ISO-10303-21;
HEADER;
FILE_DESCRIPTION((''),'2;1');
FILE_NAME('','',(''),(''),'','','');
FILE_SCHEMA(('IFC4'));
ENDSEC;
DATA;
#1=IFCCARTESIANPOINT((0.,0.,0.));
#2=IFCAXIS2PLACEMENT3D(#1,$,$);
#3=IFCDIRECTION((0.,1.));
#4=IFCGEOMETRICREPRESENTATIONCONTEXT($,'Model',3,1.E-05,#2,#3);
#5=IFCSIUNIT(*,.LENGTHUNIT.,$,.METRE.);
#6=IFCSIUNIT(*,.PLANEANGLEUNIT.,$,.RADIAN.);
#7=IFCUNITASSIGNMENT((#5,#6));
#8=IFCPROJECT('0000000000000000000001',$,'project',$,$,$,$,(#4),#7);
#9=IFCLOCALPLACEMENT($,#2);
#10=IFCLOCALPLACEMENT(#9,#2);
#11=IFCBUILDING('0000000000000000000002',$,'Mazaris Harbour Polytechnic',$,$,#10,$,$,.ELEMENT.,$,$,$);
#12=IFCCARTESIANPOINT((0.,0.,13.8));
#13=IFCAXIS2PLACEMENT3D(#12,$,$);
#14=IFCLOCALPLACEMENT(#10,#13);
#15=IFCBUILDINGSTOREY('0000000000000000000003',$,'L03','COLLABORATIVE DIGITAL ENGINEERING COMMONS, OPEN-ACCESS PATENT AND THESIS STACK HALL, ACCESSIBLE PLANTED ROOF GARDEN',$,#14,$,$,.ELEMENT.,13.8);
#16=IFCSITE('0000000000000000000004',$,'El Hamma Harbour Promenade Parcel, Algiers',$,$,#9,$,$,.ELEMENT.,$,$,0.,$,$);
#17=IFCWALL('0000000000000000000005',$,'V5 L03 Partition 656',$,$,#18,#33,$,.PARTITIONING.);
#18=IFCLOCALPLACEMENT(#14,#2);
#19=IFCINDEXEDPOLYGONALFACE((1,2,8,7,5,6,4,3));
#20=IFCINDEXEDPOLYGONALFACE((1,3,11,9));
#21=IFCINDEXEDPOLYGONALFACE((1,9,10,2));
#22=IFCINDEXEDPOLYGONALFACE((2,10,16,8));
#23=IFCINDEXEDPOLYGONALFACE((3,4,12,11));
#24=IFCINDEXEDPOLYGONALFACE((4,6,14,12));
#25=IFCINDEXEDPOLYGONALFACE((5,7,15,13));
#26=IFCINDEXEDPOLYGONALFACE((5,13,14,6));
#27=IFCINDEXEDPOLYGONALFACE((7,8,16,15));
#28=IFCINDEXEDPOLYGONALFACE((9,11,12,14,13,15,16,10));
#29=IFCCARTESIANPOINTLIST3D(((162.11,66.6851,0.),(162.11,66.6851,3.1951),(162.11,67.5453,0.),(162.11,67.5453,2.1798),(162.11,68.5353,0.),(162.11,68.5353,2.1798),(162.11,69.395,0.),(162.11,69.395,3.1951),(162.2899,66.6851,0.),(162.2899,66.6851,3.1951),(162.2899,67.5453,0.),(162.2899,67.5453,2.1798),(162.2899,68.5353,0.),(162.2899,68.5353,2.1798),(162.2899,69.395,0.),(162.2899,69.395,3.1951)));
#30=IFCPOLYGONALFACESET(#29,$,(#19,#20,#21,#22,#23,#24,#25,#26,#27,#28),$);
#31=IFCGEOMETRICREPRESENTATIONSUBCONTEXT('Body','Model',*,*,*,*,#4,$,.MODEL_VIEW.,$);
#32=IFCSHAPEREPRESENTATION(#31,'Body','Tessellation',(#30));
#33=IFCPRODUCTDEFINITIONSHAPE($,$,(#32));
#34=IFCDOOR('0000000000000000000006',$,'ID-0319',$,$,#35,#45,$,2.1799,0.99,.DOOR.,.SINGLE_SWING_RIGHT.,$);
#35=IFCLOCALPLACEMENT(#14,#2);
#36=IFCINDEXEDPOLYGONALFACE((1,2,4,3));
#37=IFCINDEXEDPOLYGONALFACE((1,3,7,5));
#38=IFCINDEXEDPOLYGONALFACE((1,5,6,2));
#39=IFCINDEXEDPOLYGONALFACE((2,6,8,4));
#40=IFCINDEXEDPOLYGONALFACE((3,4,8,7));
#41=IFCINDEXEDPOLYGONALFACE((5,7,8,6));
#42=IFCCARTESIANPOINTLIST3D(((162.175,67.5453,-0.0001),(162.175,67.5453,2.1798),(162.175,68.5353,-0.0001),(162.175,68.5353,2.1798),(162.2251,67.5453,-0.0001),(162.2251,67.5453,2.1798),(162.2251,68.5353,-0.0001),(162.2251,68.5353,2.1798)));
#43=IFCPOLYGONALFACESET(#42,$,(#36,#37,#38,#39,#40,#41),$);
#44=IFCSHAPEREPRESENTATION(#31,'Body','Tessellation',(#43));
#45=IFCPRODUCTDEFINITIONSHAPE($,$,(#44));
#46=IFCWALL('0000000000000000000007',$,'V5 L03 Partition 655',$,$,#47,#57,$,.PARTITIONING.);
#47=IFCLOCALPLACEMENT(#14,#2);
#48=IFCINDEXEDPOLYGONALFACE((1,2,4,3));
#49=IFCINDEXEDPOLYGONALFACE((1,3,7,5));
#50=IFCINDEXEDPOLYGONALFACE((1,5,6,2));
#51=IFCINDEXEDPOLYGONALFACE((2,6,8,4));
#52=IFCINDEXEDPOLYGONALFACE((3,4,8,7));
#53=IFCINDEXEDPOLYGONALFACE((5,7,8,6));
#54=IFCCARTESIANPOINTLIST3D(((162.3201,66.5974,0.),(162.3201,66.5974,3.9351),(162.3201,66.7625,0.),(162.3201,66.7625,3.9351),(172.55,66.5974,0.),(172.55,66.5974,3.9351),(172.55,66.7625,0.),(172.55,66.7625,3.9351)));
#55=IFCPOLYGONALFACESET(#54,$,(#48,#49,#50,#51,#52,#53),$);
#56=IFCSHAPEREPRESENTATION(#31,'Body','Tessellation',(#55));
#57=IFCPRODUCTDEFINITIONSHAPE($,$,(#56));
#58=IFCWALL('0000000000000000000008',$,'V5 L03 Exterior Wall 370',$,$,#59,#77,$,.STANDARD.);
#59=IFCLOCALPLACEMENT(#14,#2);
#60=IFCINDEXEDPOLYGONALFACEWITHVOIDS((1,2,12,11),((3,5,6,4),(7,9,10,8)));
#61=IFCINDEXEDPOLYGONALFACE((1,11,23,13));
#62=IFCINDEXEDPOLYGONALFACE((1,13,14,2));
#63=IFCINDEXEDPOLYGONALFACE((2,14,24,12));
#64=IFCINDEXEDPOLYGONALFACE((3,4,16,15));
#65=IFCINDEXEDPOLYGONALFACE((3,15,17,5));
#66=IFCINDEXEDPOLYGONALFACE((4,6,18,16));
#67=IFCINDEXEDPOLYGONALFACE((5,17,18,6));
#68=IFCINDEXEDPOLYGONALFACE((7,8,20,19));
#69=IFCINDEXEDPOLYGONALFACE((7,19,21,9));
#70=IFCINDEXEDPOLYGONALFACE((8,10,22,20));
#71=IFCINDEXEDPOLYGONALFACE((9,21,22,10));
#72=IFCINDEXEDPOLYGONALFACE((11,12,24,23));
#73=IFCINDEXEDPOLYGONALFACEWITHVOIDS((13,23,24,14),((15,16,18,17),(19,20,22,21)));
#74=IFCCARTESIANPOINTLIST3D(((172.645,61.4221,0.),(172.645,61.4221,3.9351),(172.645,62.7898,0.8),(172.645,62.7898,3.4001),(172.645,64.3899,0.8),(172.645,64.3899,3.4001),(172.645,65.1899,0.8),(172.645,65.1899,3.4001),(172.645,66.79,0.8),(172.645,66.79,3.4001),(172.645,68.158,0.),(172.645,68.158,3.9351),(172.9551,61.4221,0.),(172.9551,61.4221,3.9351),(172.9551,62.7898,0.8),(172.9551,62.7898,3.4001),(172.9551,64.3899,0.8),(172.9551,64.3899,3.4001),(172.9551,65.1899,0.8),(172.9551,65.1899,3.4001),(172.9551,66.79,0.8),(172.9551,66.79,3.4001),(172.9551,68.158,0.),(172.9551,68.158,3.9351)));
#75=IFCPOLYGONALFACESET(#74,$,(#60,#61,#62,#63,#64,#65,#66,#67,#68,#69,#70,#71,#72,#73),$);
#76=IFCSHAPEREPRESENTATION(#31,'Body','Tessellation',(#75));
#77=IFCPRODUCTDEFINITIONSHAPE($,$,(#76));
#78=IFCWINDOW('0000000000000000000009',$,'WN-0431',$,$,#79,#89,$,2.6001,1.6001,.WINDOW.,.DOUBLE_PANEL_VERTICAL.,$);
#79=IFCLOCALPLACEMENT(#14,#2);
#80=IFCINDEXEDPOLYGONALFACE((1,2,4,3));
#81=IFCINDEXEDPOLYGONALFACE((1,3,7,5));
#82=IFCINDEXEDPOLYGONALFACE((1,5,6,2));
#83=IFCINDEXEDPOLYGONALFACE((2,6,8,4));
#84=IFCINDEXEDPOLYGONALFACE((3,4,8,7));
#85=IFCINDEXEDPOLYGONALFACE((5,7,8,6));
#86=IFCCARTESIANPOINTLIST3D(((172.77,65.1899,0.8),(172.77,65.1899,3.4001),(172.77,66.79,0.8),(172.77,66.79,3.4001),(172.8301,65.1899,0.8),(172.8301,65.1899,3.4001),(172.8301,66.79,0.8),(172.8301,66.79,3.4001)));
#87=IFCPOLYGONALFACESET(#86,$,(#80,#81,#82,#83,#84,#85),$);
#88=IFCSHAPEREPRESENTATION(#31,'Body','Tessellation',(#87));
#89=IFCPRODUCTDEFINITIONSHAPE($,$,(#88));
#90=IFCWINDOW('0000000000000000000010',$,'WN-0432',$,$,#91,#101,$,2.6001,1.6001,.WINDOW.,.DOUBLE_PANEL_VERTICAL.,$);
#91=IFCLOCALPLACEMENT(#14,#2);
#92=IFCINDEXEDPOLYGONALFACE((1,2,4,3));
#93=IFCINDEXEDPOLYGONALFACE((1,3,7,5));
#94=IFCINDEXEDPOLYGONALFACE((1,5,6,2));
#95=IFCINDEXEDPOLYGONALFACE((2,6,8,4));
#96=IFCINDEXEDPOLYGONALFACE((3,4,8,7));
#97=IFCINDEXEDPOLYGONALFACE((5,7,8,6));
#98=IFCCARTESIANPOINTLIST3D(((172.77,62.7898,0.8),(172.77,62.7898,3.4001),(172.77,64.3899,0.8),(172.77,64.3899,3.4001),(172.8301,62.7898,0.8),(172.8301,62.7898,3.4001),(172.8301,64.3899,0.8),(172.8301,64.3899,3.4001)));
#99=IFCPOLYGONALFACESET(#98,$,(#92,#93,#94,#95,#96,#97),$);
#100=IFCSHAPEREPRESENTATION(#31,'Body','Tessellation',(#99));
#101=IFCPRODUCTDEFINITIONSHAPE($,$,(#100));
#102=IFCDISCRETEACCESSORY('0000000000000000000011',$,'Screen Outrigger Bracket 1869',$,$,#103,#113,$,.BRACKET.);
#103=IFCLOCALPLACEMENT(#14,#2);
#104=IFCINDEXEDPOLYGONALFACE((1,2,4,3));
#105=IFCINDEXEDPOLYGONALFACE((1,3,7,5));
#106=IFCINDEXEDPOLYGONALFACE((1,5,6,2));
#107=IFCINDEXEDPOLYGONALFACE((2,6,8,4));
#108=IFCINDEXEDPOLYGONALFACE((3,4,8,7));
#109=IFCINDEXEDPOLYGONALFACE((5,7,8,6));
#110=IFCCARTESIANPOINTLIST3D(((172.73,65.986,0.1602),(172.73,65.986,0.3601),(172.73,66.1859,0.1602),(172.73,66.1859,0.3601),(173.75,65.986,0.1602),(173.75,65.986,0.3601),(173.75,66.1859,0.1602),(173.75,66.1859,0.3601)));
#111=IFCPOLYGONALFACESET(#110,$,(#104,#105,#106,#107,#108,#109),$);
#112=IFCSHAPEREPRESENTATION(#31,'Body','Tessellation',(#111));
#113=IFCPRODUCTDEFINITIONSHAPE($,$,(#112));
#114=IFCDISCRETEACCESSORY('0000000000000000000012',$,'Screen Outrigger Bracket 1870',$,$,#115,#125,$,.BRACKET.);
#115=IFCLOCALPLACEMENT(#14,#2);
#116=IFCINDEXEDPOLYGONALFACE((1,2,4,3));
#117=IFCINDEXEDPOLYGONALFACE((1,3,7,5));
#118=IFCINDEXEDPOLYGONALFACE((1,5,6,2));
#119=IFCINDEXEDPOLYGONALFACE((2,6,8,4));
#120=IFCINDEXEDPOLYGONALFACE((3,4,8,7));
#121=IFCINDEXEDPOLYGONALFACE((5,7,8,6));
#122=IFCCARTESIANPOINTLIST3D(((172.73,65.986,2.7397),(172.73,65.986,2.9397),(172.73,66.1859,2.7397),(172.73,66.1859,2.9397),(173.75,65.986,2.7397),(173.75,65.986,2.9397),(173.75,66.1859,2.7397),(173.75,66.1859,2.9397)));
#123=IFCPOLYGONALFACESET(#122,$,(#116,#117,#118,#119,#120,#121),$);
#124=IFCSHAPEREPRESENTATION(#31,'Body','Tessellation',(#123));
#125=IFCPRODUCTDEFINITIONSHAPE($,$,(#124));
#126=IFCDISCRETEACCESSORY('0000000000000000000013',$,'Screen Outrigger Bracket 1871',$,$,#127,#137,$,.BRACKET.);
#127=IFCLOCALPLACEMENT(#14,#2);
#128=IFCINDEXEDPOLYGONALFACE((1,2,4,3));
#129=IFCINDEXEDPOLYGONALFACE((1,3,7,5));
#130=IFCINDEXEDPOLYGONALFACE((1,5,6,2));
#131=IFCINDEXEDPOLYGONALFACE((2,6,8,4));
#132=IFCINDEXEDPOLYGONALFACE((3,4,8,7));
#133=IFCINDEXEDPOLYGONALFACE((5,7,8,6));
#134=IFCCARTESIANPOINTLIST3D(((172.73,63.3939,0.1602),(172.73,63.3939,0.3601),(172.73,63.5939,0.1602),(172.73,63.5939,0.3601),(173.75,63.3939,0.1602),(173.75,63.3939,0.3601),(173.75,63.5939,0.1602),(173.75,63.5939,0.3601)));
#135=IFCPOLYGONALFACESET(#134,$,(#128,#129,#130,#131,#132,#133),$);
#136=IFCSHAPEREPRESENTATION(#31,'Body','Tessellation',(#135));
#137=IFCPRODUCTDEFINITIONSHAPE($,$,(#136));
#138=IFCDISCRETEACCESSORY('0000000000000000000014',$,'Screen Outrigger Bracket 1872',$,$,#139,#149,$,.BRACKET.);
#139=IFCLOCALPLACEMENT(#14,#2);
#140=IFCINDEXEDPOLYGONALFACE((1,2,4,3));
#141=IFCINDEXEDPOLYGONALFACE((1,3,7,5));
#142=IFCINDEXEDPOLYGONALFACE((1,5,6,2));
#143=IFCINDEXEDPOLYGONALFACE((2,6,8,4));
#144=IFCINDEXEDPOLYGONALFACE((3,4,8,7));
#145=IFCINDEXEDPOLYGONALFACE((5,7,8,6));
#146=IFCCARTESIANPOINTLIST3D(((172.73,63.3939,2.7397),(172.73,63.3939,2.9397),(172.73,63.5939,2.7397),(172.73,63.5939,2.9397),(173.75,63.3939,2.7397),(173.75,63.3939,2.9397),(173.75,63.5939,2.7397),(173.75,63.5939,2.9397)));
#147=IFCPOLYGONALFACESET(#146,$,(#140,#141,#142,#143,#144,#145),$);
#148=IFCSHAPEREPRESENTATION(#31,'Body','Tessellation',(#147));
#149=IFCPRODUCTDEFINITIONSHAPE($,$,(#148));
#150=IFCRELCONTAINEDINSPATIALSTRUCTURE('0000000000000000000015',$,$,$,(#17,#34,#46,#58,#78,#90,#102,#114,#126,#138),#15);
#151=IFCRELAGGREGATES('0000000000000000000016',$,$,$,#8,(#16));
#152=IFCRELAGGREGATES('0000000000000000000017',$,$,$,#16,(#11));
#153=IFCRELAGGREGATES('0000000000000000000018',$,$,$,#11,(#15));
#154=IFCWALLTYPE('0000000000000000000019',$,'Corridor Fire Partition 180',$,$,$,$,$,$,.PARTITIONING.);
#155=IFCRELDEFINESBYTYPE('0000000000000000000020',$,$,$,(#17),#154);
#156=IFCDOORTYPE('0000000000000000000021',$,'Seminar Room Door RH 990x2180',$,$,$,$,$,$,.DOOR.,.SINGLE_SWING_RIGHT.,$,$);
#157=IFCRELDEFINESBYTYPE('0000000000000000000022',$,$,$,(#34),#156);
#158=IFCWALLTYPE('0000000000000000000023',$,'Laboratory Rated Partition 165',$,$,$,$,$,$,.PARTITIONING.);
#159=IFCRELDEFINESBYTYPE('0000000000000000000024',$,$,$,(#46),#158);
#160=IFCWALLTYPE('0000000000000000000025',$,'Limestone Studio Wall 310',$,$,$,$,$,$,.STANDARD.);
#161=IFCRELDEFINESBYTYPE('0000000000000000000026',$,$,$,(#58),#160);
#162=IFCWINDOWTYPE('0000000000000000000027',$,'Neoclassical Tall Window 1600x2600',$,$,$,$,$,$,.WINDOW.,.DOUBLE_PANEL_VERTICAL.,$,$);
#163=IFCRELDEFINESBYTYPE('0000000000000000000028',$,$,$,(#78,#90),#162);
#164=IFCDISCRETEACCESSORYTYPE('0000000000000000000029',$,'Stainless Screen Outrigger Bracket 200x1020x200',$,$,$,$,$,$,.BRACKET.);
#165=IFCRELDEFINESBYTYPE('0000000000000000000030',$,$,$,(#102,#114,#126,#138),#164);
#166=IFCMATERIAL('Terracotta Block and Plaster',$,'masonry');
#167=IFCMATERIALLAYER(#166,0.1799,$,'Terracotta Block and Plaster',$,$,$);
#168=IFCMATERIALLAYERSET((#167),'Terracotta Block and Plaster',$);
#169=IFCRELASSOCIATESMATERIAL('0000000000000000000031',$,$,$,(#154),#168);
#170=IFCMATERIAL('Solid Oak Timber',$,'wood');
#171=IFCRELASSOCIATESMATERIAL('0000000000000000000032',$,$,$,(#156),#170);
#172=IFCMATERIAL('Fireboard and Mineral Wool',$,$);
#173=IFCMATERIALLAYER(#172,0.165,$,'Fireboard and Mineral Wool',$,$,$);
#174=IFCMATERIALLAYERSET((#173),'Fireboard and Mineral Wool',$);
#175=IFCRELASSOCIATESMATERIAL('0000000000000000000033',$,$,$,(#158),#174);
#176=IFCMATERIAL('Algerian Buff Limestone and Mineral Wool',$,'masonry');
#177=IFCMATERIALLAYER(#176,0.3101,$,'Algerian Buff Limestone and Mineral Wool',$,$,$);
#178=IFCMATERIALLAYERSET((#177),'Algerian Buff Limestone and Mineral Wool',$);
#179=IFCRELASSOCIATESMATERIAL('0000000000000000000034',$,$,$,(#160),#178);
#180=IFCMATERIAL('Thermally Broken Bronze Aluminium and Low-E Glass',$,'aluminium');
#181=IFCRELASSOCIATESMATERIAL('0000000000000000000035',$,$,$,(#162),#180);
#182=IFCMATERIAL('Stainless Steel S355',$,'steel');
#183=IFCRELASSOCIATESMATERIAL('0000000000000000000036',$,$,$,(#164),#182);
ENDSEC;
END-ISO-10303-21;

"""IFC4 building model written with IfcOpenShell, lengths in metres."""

from ifc_helpers import new_model, si_unit, direction, frame, frame_2d, origin, origin_2d, place, context, subcontext, project, spatial, rectangle, extrude, material, layer, layer_set, type_object, element, fill, save


model = new_model("IFC4")

# Units and contexts
model_context = context("Model", 3, precision=1e-05, world=origin(), true_north=direction((0.0, 1.0)))
body_context = subcontext(model_context, "Body", "Model", "MODEL_VIEW")
ifc_project = project(units=[si_unit("LENGTHUNIT", "METRE"), si_unit("PLANEANGLEUNIT", "RADIAN")], contexts=[model_context])

# Site, building, storey
site_placement = place(None, origin())
site = spatial("IfcSite", under=ifc_project, at=site_placement, Name="El Hamma Harbour Promenade Parcel, Algiers", CompositionType="ELEMENT", RefElevation=0.0)
building_placement = place(site_placement, origin())
building = spatial("IfcBuilding", under=site, at=building_placement, Name="Mazaris Harbour Polytechnic", CompositionType="ELEMENT")
storey_placement = place(building_placement, frame((0.0, 0.0, 13.8)))
storey = spatial("IfcBuildingStorey", under=building, at=storey_placement, Name="L03", Description="COLLABORATIVE DIGITAL ENGINEERING COMMONS, OPEN-ACCESS PATENT AND THESIS STACK HALL, ACCESSIBLE PLANTED ROOF GARDEN", CompositionType="ELEMENT", Elevation=13.8)

# Wall, opening, door
ifc_material_1 = material(Name="Terracotta Block and Plaster", Category="masonry")
ifc_layer_1 = layer(ifc_material_1, 0.1799, Name="Terracotta Block and Plaster")
ifc_layer_set_1 = layer_set([ifc_layer_1], Name="Terracotta Block and Plaster")
wall_type_1 = type_object("IfcWallType", Name="Corridor Fire Partition 180", PredefinedType="PARTITIONING", material=ifc_layer_set_1)
wall_1_placement = place(storey_placement, frame((162.2, 66.6851, 0.0), z_axis=(0.0, 0.0, 1.0), x_axis=(0.0, 1.0, 0.0)))
wall_1 = element("IfcWall", 1, at=wall_1_placement, inside=storey, type_object=wall_type_1, Name="V5 L03 Partition 656", PredefinedType="PARTITIONING", context=body_context, shape_type="SweptSolid", body=[
    extrude(rectangle(XDim=2.71, YDim=0.1799, at=frame_2d((1.355, 0.0))), origin(), (0.0, 0.0, 1.0), 3.1951),
])
opening_1_placement = place(wall_1_placement, frame((0.8601, 0.0, 0.0)))
opening_1 = element("IfcOpeningElement", 2, at=opening_1_placement, cuts=wall_1, PredefinedType="OPENING", context=body_context, shape_type="SweptSolid", body=[
    extrude(rectangle(XDim=0.99, YDim=2.1799, at=frame_2d((0.4951, 1.0898))), frame((0.0, 0.0999, 0.0), z_axis=(0.0, -1.0, 0.0), x_axis=(1.0, 0.0, 0.0)), (0.0, 0.0, 1.0), 0.2),
])
ifc_material_2 = material(Name="Solid Oak Timber", Category="wood")
door_type = type_object("IfcDoorType", Name="Seminar Room Door RH 990x2180", OperationType="SINGLE_SWING_RIGHT", PredefinedType="DOOR", material=ifc_material_2)
door_placement = place(opening_1_placement, origin())
door = element("IfcDoor", 3, at=door_placement, inside=storey, type_object=door_type, Name="ID-0319", OperationType="SINGLE_SWING_RIGHT", OverallHeight=2.1799, OverallWidth=0.99, PredefinedType="DOOR", context=body_context, shape_type="SweptSolid", body=[
    extrude(rectangle(XDim=0.99, YDim=2.1799, at=frame_2d((0.4951, 1.0898))), frame((0.0, 0.0249, 0.0), z_axis=(0.0, -1.0, 0.0), x_axis=(1.0, 0.0, 0.0)), (0.0, 0.0, 1.0), 0.05),
])
fill(opening_1, door)

# Wall
ifc_material_3 = material(Name="Fireboard and Mineral Wool")
ifc_layer_2 = layer(ifc_material_3, 0.165, Name="Fireboard and Mineral Wool")
ifc_layer_set_2 = layer_set([ifc_layer_2], Name="Fireboard and Mineral Wool")
wall_type_2 = type_object("IfcWallType", Name="Laboratory Rated Partition 165", PredefinedType="PARTITIONING", material=ifc_layer_set_2)
wall_2_placement = place(storey_placement, frame((162.3201, 66.6799, 0.0), z_axis=(0.0, 0.0, 1.0), x_axis=(1.0, 0.0, 0.0)))
element("IfcWall", 4, at=wall_2_placement, inside=storey, type_object=wall_type_2, Name="V5 L03 Partition 655", PredefinedType="PARTITIONING", context=body_context, shape_type="SweptSolid", body=[
    extrude(rectangle(XDim=10.23, YDim=0.165, at=frame_2d((5.115, 0.0))), origin(), (0.0, 0.0, 1.0), 3.9351),
])

# Wall, openings, windows
ifc_material_4 = material(Name="Algerian Buff Limestone and Mineral Wool", Category="masonry")
ifc_layer_3 = layer(ifc_material_4, 0.3101, Name="Algerian Buff Limestone and Mineral Wool")
ifc_layer_set_3 = layer_set([ifc_layer_3], Name="Algerian Buff Limestone and Mineral Wool")
wall_type_3 = type_object("IfcWallType", Name="Limestone Studio Wall 310", PredefinedType="STANDARD", material=ifc_layer_set_3)
wall_3_placement = place(storey_placement, frame((172.8, 68.158, 0.0), z_axis=(0.0, 0.0, 1.0), x_axis=(0.0, -1.0, 0.0)))
wall_3 = element("IfcWall", 5, at=wall_3_placement, inside=storey, type_object=wall_type_3, Name="V5 L03 Exterior Wall 370", PredefinedType="STANDARD", context=body_context, shape_type="SweptSolid", body=[
    extrude(rectangle(XDim=6.7358, YDim=0.3101, at=frame_2d((3.3679, 0.0))), origin(), (0.0, 0.0, 1.0), 3.9351),
])
opening_2_placement = place(wall_3_placement, frame((1.3679, 0.0, 0.8)))
opening_2 = element("IfcOpeningElement", 6, at=opening_2_placement, cuts=wall_3, PredefinedType="OPENING", context=body_context, shape_type="SweptSolid", body=[
    extrude(rectangle(XDim=1.6001, YDim=2.6001, at=frame_2d((0.8, 1.3))), frame((0.0, 0.165, 0.0), z_axis=(0.0, -1.0, 0.0), x_axis=(1.0, 0.0, 0.0)), (0.0, 0.0, 1.0), 0.3301),
])
opening_3_placement = place(wall_3_placement, frame((3.7681, 0.0, 0.8)))
opening_3 = element("IfcOpeningElement", 7, at=opening_3_placement, cuts=wall_3, PredefinedType="OPENING", context=body_context, shape_type="SweptSolid", body=[
    extrude(rectangle(XDim=1.6001, YDim=2.6001, at=frame_2d((0.8, 1.3))), frame((0.0, 0.165, 0.0), z_axis=(0.0, -1.0, 0.0), x_axis=(1.0, 0.0, 0.0)), (0.0, 0.0, 1.0), 0.3301),
])
ifc_material_5 = material(Name="Thermally Broken Bronze Aluminium and Low-E Glass", Category="aluminium")
window_type = type_object("IfcWindowType", Name="Neoclassical Tall Window 1600x2600", PartitioningType="DOUBLE_PANEL_VERTICAL", PredefinedType="WINDOW", material=ifc_material_5)
window_1_placement = place(opening_2_placement, origin())
window_1 = element("IfcWindow", 8, at=window_1_placement, inside=storey, type_object=window_type, Name="WN-0431", OverallHeight=2.6001, OverallWidth=1.6001, PartitioningType="DOUBLE_PANEL_VERTICAL", PredefinedType="WINDOW", context=body_context, shape_type="SweptSolid", body=[
    extrude(rectangle(XDim=1.6001, YDim=2.6001, at=frame_2d((0.8, 1.3))), frame((0.0, 0.03, 0.0), z_axis=(0.0, -1.0, 0.0), x_axis=(1.0, 0.0, 0.0)), (0.0, 0.0, 1.0), 0.0601),
])
fill(opening_2, window_1)
window_2_placement = place(opening_3_placement, origin())
window_2 = element("IfcWindow", 9, at=window_2_placement, inside=storey, type_object=window_type, Name="WN-0432", OverallHeight=2.6001, OverallWidth=1.6001, PartitioningType="DOUBLE_PANEL_VERTICAL", PredefinedType="WINDOW", context=body_context, shape_type="SweptSolid", body=[
    extrude(rectangle(XDim=1.6001, YDim=2.6001, at=frame_2d((0.8, 1.3))), frame((0.0, 0.03, 0.0), z_axis=(0.0, -1.0, 0.0), x_axis=(1.0, 0.0, 0.0)), (0.0, 0.0, 1.0), 0.0601),
])
fill(opening_3, window_2)

# Discrete accessories
ifc_material_6 = material(Name="Stainless Steel S355", Category="steel")
discrete_accessory_type = type_object("IfcDiscreteAccessoryType", Name="Stainless Screen Outrigger Bracket 200x1020x200", PredefinedType="BRACKET", material=ifc_material_6)
for number, where, z_axis, x_axis, name in (
    (10, (173.24, 66.0859, 0.1602), (0.0, 0.0, 1.0), (0.0, -1.0, 0.0), "Screen Outrigger Bracket 1869"),
    (11, (173.24, 66.0859, 2.7397), (0.0, 0.0, 1.0), (0.0, -1.0, 0.0), "Screen Outrigger Bracket 1870"),
    (12, (173.24, 63.4939, 0.1602), (0.0, 0.0, 1.0), (0.0, -1.0, 0.0), "Screen Outrigger Bracket 1871"),
    (13, (173.24, 63.4939, 2.7397), (0.0, 0.0, 1.0), (0.0, -1.0, 0.0), "Screen Outrigger Bracket 1872"),
):
    element("IfcDiscreteAccessory", number, at=place(storey_placement, frame(where, z_axis=z_axis, x_axis=x_axis)), inside=storey, type_object=discrete_accessory_type, Name=name, PredefinedType="BRACKET", context=body_context, shape_type="SweptSolid", body=[
        extrude(rectangle(XDim=0.2, YDim=1.02, at=origin_2d()), origin(), (0.0, 0.0, 1.0), 0.2),
    ])

save(model, "model.ifc")
